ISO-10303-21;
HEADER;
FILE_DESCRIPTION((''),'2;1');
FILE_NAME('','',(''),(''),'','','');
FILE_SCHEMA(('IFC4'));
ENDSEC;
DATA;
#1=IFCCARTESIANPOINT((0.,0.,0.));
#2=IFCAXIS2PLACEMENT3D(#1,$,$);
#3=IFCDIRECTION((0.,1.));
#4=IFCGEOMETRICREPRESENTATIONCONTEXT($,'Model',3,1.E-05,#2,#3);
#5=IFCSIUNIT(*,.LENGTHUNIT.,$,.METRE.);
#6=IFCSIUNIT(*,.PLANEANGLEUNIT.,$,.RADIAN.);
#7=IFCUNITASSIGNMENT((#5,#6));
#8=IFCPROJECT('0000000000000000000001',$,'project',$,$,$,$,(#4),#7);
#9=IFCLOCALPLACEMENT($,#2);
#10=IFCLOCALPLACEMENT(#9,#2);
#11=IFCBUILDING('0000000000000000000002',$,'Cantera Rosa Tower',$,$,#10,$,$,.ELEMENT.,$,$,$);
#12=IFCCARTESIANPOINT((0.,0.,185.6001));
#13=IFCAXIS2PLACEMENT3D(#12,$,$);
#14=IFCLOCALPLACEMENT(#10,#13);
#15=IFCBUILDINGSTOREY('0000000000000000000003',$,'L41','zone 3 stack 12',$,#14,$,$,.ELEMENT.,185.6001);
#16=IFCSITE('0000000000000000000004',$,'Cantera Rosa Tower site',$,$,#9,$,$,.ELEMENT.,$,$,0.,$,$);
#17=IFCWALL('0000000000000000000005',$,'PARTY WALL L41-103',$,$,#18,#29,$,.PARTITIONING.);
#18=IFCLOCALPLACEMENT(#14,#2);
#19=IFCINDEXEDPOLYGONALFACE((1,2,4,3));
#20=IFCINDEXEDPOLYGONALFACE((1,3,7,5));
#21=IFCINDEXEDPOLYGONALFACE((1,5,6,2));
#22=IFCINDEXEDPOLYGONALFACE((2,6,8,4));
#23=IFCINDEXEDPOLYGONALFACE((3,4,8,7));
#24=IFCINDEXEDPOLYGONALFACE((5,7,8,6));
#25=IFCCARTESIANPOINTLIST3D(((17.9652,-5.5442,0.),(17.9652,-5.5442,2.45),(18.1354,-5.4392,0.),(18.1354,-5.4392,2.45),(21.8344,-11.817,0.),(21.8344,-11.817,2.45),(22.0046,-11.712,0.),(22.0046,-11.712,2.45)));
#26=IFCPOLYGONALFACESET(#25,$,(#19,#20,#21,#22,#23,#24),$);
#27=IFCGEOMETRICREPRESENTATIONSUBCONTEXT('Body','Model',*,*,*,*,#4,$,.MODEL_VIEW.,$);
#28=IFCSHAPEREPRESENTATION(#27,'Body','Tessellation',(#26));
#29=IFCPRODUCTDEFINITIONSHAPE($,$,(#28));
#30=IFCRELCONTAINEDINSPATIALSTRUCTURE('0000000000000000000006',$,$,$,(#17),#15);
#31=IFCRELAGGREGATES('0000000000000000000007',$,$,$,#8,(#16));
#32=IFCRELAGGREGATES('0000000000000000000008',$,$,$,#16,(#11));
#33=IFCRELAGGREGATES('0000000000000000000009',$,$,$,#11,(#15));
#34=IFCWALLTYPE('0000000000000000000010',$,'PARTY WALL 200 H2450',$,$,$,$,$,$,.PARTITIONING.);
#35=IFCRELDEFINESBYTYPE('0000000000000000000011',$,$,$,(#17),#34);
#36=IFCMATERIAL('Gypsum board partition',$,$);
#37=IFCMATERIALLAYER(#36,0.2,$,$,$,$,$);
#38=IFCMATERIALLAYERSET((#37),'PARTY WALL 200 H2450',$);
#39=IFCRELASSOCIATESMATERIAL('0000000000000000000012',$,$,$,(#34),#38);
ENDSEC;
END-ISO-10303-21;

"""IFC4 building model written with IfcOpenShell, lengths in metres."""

from ifc_helpers import new_model, si_unit, direction, frame, frame_2d, origin, place, context, subcontext, project, spatial, rectangle, extrude, material, layer, layer_set, type_object, element, save


model = new_model("IFC4")

# Units and contexts
model_context = context("Model", 3, precision=1e-05, world=origin(), true_north=direction((0.0, 1.0)))
body_context = subcontext(model_context, "Body", "Model", "MODEL_VIEW")
ifc_project = project(units=[si_unit("LENGTHUNIT", "METRE"), si_unit("PLANEANGLEUNIT", "RADIAN")], contexts=[model_context])

# Site, building, storey
site_placement = place(None, origin())
site = spatial("IfcSite", under=ifc_project, at=site_placement, Name="Cantera Rosa Tower site", CompositionType="ELEMENT", RefElevation=0.0)
building_placement = place(site_placement, origin())
building = spatial("IfcBuilding", under=site, at=building_placement, Name="Cantera Rosa Tower", CompositionType="ELEMENT")
storey_placement = place(building_placement, frame((0.0, 0.0, 185.6001)))
storey = spatial("IfcBuildingStorey", under=building, at=storey_placement, Name="L41", Description="zone 3 stack 12", CompositionType="ELEMENT", Elevation=185.6001)

# Wall
ifc_material_1 = material(Name="Gypsum board partition")
ifc_layer_1 = layer(ifc_material_1, 0.2)
ifc_layer_set_1 = layer_set([ifc_layer_1], Name="PARTY WALL 200 H2450")
wall_type_1 = type_object("IfcWallType", Name="PARTY WALL 200 H2450", PredefinedType="PARTITIONING", material=ifc_layer_set_1)
wall_1_placement = place(storey_placement, frame((18.0503, -5.4917, 0.0), z_axis=(0.0, 0.0, 1.0), x_axis=(0.524984, -0.851112, 0.0)))
element("IfcWall", 1, at=wall_1_placement, inside=storey, type_object=wall_type_1, Name="PARTY WALL L41-103", PredefinedType="PARTITIONING", context=body_context, shape_type="SweptSolid", body=[
    extrude(rectangle(XDim=7.3701, YDim=0.2, at=frame_2d((3.6851, 0.0))), origin(), (0.0, 0.0, 1.0), 2.45),
])

save(model, "model.ifc")
